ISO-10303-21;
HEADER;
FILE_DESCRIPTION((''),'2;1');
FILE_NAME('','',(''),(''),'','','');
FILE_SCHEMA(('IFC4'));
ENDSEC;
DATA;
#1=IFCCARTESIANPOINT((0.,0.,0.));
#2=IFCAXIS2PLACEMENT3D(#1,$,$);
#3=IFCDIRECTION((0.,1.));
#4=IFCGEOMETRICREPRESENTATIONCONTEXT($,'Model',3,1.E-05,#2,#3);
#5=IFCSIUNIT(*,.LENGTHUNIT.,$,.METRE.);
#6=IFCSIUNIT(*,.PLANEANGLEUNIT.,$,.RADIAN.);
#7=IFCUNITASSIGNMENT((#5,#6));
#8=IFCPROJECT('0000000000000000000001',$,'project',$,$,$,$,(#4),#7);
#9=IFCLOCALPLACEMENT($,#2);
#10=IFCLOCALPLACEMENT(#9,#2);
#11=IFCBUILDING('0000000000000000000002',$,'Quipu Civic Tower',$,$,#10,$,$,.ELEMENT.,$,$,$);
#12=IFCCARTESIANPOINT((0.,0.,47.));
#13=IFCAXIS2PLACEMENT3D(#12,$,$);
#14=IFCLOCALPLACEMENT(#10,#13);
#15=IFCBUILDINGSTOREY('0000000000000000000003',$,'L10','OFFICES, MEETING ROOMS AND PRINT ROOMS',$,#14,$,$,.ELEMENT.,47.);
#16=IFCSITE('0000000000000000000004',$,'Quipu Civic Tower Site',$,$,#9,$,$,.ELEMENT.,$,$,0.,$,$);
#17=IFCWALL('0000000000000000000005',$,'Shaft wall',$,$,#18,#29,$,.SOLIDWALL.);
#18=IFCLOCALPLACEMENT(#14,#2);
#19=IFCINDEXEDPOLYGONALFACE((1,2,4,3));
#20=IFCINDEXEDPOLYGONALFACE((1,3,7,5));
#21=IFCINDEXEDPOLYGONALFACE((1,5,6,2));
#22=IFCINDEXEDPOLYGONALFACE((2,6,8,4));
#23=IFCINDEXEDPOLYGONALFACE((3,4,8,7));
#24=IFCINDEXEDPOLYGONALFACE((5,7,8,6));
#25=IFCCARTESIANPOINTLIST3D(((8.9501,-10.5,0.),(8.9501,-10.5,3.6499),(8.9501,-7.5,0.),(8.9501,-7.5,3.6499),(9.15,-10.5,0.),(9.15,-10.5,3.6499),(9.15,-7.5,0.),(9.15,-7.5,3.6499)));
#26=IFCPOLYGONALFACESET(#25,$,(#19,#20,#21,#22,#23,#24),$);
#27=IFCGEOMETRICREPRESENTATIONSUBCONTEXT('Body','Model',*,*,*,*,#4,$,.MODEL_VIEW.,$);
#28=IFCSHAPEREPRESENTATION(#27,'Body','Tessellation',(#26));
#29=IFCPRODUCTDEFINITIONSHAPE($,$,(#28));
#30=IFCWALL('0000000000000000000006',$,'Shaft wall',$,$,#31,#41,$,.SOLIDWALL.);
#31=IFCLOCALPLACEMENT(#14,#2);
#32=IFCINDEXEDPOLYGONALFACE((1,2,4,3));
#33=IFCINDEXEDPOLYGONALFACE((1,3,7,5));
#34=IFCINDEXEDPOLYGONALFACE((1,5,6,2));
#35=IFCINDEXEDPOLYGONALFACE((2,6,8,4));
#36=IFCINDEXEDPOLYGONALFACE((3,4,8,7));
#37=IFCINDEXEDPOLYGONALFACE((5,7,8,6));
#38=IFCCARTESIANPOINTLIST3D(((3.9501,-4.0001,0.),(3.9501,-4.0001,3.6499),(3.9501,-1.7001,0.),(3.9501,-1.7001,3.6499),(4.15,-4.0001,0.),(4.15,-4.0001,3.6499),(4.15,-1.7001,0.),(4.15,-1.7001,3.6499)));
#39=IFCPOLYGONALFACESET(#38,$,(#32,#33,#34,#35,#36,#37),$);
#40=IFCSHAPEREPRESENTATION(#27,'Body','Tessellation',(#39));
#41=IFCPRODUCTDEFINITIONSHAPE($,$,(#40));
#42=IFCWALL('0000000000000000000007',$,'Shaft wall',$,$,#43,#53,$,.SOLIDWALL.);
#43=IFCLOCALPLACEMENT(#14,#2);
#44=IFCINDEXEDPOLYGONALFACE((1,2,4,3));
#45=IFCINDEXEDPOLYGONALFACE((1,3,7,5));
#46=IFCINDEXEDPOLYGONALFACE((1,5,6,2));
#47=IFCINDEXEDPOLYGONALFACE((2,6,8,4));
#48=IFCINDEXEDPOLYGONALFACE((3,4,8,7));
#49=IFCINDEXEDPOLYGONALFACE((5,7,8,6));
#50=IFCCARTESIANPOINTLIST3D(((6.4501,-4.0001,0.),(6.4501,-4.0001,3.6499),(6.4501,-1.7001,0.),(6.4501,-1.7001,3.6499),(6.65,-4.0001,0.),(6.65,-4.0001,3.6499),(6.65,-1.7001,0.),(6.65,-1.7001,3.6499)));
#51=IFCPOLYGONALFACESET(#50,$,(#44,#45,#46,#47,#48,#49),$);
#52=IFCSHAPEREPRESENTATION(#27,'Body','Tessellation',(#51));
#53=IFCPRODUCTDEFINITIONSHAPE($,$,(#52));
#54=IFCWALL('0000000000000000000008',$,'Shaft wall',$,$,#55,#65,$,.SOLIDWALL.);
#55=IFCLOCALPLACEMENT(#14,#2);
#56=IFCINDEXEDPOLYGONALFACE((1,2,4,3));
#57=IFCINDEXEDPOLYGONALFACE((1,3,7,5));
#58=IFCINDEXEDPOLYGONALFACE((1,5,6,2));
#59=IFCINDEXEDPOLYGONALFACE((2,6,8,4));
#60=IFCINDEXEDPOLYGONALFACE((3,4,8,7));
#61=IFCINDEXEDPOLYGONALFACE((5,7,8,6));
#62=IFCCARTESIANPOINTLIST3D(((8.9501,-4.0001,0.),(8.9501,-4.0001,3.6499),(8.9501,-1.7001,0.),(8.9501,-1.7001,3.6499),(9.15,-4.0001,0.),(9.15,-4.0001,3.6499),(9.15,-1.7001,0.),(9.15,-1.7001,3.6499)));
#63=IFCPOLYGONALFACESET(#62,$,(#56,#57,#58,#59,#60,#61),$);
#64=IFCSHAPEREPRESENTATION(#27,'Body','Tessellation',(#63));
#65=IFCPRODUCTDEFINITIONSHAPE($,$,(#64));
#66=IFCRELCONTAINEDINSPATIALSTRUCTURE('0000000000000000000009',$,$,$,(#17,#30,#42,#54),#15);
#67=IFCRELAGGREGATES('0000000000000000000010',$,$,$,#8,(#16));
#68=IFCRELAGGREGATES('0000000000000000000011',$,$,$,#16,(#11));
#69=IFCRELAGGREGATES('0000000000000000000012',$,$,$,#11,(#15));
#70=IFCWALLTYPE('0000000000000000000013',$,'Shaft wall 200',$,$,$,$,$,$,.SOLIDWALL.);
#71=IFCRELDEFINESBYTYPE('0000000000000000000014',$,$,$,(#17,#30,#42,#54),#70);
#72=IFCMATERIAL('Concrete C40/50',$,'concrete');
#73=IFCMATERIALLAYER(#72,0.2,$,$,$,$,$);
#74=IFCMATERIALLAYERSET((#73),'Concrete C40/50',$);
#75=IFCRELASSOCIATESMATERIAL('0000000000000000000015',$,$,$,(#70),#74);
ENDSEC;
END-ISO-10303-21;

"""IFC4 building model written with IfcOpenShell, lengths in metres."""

from ifc_helpers import new_model, si_unit, direction, frame, frame_2d, origin, place, context, subcontext, project, spatial, rectangle, extrude, material, layer, layer_set, type_object, element, save


model = new_model("IFC4")

# Units and contexts
model_context = context("Model", 3, precision=1e-05, world=origin(), true_north=direction((0.0, 1.0)))
body_context = subcontext(model_context, "Body", "Model", "MODEL_VIEW")
ifc_project = project(units=[si_unit("LENGTHUNIT", "METRE"), si_unit("PLANEANGLEUNIT", "RADIAN")], contexts=[model_context])

# Site, building, storey
site_placement = place(None, origin())
site = spatial("IfcSite", under=ifc_project, at=site_placement, Name="Quipu Civic Tower Site", CompositionType="ELEMENT", RefElevation=0.0)
building_placement = place(site_placement, origin())
building = spatial("IfcBuilding", under=site, at=building_placement, Name="Quipu Civic Tower", CompositionType="ELEMENT")
storey_placement = place(building_placement, frame((0.0, 0.0, 47.0)))
storey = spatial("IfcBuildingStorey", under=building, at=storey_placement, Name="L10", Description="OFFICES, MEETING ROOMS AND PRINT ROOMS", CompositionType="ELEMENT", Elevation=47.0)

# Walls
ifc_material_1 = material(Name="Concrete C40/50", Category="concrete")
ifc_layer_1 = layer(ifc_material_1, 0.2)
ifc_layer_set_1 = layer_set([ifc_layer_1], Name="Concrete C40/50")
wall_type_1 = type_object("IfcWallType", Name="Shaft wall 200", PredefinedType="SOLIDWALL", material=ifc_layer_set_1)
for number, where, z_axis, x_axis, name in (
    (1, (9.05, -10.5, 0.0), (0.0, 0.0, 1.0), (0.0, 1.0, 0.0), "Shaft wall"),
):
    element("IfcWall", number, at=place(storey_placement, frame(where, z_axis=z_axis, x_axis=x_axis)), inside=storey, type_object=wall_type_1, Name=name, PredefinedType="SOLIDWALL", context=body_context, shape_type="SweptSolid", body=[
        extrude(rectangle(XDim=3.0, YDim=0.2, at=frame_2d((1.5, 0.0))), origin(), (0.0, 0.0, 1.0), 3.6499),
    ])
for number, where, z_axis, x_axis, name in (
    (2, (4.05, -4.0, 0.0), (0.0, 0.0, 1.0), (0.0, 1.0, 0.0), "Shaft wall"),
    (3, (6.55, -4.0, 0.0), (0.0, 0.0, 1.0), (0.0, 1.0, 0.0), "Shaft wall"),
    (4, (9.05, -4.0, 0.0), (0.0, 0.0, 1.0), (0.0, 1.0, 0.0), "Shaft wall"),
):
    element("IfcWall", number, at=place(storey_placement, frame(where, z_axis=z_axis, x_axis=x_axis)), inside=storey, type_object=wall_type_1, Name=name, PredefinedType="SOLIDWALL", context=body_context, shape_type="SweptSolid", body=[
        extrude(rectangle(XDim=2.3, YDim=0.2, at=frame_2d((1.1499, 0.0))), origin(), (0.0, 0.0, 1.0), 3.6499),
    ])

save(model, "model.ifc")
